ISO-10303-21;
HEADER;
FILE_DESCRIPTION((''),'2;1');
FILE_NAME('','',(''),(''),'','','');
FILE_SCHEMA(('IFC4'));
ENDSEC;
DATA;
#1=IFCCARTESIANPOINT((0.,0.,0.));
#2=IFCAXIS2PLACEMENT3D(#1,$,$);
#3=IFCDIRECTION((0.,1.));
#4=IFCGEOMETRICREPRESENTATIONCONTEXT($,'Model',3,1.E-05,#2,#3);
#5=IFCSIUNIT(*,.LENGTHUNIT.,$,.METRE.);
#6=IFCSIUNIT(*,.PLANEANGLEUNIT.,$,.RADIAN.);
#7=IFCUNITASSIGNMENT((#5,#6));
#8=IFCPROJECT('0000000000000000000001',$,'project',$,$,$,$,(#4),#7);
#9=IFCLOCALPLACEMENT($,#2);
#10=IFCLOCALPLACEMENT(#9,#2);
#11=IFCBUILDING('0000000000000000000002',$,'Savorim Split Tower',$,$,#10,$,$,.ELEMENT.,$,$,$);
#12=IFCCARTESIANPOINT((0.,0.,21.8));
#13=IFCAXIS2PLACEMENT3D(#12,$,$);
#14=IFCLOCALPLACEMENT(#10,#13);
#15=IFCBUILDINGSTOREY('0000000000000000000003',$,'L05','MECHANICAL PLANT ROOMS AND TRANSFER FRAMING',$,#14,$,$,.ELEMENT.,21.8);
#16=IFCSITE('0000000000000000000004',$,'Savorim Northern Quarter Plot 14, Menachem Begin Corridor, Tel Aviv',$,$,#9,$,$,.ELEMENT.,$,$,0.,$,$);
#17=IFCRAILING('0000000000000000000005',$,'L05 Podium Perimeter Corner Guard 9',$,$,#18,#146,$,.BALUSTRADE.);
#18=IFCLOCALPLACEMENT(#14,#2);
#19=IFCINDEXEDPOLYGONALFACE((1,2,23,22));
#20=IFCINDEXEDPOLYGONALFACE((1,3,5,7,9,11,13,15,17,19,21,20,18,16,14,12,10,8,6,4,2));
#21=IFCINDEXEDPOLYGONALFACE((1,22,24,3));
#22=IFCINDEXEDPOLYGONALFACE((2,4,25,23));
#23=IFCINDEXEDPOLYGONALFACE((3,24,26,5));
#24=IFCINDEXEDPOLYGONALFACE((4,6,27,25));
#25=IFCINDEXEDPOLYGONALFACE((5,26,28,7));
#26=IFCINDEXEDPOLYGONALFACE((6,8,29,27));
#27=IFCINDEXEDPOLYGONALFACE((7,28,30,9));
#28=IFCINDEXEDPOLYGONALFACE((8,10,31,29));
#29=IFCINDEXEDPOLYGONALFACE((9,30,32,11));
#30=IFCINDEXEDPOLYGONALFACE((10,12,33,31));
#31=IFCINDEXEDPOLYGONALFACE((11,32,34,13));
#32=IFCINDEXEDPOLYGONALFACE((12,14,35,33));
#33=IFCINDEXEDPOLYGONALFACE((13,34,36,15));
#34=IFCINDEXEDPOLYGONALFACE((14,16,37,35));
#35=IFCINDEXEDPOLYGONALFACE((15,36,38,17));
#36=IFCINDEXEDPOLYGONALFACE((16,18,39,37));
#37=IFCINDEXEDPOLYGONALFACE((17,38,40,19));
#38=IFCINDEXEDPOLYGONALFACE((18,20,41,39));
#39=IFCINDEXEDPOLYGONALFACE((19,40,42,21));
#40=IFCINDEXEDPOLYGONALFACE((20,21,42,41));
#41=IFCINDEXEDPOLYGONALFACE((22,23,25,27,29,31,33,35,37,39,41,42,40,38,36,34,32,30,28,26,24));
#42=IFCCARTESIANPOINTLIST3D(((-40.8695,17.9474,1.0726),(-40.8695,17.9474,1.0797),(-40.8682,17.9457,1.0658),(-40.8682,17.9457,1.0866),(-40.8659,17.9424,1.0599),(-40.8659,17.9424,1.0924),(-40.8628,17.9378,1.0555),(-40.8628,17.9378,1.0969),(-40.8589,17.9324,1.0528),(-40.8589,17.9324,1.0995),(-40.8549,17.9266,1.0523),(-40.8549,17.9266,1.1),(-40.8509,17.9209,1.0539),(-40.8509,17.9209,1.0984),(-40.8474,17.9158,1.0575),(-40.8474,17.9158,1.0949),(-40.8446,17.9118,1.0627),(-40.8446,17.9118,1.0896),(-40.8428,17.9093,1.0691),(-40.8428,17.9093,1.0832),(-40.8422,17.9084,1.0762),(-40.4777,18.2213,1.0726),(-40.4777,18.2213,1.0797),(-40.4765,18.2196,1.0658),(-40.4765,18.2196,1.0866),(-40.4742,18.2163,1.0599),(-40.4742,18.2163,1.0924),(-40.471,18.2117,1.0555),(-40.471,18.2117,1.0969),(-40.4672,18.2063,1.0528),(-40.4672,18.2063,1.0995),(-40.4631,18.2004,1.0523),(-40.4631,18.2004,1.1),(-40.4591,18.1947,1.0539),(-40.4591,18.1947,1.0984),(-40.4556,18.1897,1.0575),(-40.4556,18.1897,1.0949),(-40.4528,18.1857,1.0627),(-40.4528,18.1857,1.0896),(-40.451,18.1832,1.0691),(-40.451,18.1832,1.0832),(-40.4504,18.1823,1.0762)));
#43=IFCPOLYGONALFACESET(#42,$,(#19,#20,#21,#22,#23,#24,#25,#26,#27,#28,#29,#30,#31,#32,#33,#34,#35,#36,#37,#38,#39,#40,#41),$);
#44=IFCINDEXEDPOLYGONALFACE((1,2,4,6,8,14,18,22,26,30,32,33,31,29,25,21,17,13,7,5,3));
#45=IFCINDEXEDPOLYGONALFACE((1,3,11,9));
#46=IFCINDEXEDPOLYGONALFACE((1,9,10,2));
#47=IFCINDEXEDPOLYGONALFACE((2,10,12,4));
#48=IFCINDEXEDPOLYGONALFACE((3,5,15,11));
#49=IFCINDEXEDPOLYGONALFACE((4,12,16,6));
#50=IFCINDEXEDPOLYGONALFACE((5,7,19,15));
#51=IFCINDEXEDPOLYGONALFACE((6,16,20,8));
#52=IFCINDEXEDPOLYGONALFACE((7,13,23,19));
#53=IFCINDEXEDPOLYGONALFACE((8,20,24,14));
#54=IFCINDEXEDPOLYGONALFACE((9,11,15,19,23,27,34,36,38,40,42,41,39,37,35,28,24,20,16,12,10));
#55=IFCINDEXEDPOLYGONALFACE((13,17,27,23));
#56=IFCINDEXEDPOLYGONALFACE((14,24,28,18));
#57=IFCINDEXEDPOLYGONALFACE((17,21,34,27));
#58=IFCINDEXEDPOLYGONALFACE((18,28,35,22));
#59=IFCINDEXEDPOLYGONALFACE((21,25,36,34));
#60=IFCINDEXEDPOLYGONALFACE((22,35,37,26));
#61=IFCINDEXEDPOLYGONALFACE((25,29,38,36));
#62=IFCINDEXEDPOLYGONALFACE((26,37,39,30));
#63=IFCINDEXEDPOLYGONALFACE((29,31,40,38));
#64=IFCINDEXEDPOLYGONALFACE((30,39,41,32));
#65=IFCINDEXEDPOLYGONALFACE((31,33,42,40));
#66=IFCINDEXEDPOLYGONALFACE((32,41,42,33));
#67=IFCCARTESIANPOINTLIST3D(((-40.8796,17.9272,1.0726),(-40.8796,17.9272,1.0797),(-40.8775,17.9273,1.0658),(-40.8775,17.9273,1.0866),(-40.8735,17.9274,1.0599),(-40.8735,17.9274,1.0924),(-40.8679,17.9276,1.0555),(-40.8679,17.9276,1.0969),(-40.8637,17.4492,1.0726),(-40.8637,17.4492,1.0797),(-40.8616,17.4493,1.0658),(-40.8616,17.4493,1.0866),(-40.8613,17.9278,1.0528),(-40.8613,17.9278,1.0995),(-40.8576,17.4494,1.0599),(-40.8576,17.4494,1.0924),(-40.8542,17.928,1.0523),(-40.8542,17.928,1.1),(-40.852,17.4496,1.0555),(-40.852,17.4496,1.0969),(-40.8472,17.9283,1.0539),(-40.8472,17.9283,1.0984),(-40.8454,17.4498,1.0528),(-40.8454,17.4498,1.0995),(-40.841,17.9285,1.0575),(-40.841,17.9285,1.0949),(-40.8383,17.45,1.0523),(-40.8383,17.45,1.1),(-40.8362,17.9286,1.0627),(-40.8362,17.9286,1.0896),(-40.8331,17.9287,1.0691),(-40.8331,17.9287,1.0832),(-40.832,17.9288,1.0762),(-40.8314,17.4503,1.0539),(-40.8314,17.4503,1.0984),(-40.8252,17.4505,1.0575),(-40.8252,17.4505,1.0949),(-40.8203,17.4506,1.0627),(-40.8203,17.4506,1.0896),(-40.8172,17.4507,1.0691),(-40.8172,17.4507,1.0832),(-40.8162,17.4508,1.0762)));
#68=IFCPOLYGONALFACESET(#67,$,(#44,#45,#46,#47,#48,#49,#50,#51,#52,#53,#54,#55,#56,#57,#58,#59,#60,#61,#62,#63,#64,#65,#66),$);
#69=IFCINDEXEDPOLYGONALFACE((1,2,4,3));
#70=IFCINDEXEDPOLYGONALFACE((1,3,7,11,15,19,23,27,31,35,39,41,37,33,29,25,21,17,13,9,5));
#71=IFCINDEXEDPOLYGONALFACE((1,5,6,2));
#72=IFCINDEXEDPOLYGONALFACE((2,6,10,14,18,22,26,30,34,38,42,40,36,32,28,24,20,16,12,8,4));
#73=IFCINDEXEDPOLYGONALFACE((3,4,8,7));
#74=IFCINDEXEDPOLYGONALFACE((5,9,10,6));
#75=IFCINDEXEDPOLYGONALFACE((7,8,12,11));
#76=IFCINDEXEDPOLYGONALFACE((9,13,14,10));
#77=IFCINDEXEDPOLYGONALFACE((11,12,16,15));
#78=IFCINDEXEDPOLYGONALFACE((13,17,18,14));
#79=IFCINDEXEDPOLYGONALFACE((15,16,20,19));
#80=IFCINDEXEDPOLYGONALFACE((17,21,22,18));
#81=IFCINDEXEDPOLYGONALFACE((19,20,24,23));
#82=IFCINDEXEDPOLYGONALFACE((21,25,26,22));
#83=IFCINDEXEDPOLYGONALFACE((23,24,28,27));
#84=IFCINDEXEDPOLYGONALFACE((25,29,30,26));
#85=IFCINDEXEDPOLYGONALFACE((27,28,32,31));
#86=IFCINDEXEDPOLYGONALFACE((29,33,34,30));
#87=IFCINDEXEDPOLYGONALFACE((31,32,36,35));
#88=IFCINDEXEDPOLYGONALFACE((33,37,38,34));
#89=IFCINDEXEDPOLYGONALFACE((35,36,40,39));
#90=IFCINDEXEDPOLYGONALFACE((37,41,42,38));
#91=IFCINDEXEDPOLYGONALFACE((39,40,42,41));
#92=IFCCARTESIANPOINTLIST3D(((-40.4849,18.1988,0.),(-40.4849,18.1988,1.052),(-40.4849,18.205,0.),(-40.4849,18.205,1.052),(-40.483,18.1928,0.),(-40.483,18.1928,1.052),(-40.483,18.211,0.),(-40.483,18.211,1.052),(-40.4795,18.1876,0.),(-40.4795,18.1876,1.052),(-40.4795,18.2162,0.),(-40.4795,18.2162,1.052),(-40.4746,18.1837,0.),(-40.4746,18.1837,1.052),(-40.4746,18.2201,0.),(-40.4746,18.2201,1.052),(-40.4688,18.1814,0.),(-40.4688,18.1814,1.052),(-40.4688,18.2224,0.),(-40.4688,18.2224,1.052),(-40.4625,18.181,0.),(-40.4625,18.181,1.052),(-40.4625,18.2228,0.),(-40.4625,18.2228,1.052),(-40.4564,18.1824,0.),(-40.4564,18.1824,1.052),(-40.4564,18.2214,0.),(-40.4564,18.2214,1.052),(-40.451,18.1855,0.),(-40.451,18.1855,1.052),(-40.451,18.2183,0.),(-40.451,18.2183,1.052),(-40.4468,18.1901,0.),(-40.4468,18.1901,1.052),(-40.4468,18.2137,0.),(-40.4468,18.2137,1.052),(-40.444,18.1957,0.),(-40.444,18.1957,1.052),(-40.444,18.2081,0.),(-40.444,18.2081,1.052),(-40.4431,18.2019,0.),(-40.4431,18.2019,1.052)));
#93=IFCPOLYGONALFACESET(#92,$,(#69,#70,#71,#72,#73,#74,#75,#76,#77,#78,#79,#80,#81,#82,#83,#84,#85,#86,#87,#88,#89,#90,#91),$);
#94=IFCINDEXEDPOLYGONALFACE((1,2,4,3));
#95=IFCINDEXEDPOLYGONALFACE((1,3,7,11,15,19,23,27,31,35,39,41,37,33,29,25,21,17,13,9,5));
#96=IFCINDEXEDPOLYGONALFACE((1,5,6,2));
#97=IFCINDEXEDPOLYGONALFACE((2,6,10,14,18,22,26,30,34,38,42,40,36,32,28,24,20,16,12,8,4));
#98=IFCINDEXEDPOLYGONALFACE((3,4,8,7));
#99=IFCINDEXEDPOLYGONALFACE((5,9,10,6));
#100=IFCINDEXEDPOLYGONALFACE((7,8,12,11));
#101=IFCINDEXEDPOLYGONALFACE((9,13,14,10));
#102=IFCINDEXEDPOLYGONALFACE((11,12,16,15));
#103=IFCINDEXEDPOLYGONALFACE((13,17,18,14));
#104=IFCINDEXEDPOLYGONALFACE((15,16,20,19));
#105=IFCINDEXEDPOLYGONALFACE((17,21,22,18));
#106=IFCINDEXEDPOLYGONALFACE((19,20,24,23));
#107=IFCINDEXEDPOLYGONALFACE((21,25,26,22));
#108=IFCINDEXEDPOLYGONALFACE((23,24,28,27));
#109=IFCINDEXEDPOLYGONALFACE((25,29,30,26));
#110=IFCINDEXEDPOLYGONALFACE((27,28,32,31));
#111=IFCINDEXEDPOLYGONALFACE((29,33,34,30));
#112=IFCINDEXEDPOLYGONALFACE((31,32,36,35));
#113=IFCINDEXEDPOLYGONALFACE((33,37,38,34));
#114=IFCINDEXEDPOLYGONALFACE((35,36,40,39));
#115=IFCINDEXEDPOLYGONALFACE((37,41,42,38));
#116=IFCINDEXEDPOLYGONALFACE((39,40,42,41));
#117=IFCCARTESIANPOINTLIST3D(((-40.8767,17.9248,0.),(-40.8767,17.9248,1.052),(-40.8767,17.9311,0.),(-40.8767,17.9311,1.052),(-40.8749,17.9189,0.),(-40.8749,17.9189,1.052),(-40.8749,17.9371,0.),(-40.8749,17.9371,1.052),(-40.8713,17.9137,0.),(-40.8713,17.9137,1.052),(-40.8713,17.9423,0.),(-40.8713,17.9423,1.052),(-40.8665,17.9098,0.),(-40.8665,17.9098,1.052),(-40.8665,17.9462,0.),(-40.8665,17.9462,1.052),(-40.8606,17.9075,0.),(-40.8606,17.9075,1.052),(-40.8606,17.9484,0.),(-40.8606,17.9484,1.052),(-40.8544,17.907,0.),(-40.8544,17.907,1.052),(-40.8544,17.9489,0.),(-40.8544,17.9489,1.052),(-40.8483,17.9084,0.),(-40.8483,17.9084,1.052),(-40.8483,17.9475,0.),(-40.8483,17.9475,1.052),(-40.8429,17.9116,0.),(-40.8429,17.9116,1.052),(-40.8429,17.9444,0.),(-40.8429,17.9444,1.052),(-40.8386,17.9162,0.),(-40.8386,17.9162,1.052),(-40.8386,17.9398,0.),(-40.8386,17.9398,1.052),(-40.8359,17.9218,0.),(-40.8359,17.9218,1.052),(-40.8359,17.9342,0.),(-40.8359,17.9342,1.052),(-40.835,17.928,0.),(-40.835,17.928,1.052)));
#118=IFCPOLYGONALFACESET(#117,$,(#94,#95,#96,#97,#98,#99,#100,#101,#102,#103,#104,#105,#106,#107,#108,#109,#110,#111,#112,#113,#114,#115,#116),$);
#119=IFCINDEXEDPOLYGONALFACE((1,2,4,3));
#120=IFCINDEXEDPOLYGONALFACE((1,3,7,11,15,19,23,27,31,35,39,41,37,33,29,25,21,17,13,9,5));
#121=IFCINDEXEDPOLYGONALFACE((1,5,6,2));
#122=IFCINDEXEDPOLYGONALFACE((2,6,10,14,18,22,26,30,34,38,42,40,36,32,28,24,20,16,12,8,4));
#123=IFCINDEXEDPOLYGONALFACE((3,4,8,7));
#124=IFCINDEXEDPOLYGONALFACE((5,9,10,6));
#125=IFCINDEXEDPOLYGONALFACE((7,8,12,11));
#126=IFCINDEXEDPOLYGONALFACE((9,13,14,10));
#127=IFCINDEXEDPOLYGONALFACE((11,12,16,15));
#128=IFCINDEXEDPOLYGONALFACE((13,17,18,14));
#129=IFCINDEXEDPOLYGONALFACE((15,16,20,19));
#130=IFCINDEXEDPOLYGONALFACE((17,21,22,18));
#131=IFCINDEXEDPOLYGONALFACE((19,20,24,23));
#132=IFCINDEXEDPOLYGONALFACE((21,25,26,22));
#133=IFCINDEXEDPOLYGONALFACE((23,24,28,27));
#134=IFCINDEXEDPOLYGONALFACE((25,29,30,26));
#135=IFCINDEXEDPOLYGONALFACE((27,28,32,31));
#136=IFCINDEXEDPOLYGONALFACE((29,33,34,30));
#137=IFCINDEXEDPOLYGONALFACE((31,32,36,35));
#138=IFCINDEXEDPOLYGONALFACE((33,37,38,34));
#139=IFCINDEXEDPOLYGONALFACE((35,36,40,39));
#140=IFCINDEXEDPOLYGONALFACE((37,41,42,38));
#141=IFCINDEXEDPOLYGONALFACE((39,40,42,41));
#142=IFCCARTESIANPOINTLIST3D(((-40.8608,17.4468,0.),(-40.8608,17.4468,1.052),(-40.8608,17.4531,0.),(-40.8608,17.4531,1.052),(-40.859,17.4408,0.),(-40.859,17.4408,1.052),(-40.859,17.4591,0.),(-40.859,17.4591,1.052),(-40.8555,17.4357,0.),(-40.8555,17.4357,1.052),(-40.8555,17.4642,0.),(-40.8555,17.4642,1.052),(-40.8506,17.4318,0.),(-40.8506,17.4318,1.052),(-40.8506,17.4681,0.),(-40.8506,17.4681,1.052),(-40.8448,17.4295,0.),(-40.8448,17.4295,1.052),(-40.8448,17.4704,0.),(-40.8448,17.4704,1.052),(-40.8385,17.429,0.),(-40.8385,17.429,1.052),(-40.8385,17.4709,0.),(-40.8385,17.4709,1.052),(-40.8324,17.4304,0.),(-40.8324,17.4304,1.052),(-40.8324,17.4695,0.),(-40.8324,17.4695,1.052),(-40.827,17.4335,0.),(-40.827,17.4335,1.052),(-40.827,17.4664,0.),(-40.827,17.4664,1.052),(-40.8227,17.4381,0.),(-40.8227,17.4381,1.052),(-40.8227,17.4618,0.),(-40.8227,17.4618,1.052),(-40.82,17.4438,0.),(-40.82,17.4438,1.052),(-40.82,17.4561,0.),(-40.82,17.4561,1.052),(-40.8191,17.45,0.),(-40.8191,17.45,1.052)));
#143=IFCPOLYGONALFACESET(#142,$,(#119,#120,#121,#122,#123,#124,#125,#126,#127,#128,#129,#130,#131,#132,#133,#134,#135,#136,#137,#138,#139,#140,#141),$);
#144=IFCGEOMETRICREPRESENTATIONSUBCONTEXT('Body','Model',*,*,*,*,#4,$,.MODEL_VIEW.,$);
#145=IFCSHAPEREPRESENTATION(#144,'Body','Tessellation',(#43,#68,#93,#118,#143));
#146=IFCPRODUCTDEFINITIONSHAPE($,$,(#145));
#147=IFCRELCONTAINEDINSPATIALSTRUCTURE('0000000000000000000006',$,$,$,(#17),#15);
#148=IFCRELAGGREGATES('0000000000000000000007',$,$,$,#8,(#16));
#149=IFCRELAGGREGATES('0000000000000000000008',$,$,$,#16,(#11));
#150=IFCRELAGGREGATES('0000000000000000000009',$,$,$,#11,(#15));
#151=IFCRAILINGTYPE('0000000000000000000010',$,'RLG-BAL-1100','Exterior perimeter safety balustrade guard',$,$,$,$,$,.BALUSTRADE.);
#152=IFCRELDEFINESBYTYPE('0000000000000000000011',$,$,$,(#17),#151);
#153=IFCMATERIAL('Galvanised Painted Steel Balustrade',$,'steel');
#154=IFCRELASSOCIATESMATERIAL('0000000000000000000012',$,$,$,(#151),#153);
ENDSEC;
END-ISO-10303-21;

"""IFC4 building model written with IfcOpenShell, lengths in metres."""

from ifc_helpers import new_model, si_unit, direction, frame, origin, origin_2d, place, context, subcontext, project, spatial, circle, extrude, material, type_object, element, save


model = new_model("IFC4")

# Units and contexts
model_context = context("Model", 3, precision=1e-05, world=origin(), true_north=direction((0.0, 1.0)))
body_context = subcontext(model_context, "Body", "Model", "MODEL_VIEW")
ifc_project = project(units=[si_unit("LENGTHUNIT", "METRE"), si_unit("PLANEANGLEUNIT", "RADIAN")], contexts=[model_context])

# Site, building, storey
site_placement = place(None, origin())
site = spatial("IfcSite", under=ifc_project, at=site_placement, Name="Savorim Northern Quarter Plot 14, Menachem Begin Corridor, Tel Aviv", CompositionType="ELEMENT", RefElevation=0.0)
building_placement = place(site_placement, origin())
building = spatial("IfcBuilding", under=site, at=building_placement, Name="Savorim Split Tower", CompositionType="ELEMENT")
storey_placement = place(building_placement, frame((0.0, 0.0, 21.8)))
storey = spatial("IfcBuildingStorey", under=building, at=storey_placement, Name="L05", Description="MECHANICAL PLANT ROOMS AND TRANSFER FRAMING", CompositionType="ELEMENT", Elevation=21.8)

# Railing
ifc_material_1 = material(Name="Galvanised Painted Steel Balustrade", Category="steel")
railing_type = type_object("IfcRailingType", Name="RLG-BAL-1100", Description="Exterior perimeter safety balustrade guard", PredefinedType="BALUSTRADE", material=ifc_material_1)
railing_1_placement = place(storey_placement, frame((-40.4641, 18.2019, 0.0)))
element("IfcRailing", 1, at=railing_1_placement, inside=storey, type_object=railing_type, Name="L05 Podium Perimeter Corner Guard 9", PredefinedType="BALUSTRADE", context=body_context, shape_type="SweptSolid", body=[
    extrude(circle(Radius=0.0239, at=origin_2d()), frame((0.0, 0.0, 1.0762), z_axis=(-0.819592, -0.572948, 0.0), x_axis=(0.572948, -0.819592, 0.0)), (0.0, 0.0, 1.0), 0.478),
    extrude(circle(Radius=0.0239, at=origin_2d()), frame((-0.3918, -0.2739, 1.0762), z_axis=(0.033179, -0.999449, 0.0), x_axis=(0.999449, 0.033179, 0.0)), (0.0, 0.0, 1.0), 0.4783),
    extrude(circle(Radius=0.021, at=origin_2d()), origin(), (0.0, 0.0, 1.0), 1.052),
    extrude(circle(Radius=0.021, at=origin_2d()), frame((-0.3918, -0.2739, 0.0)), (0.0, 0.0, 1.0), 1.052),
    extrude(circle(Radius=0.021, at=origin_2d()), frame((-0.376, -0.752, 0.0)), (0.0, 0.0, 1.0), 1.052),
])

save(model, "model.ifc")
